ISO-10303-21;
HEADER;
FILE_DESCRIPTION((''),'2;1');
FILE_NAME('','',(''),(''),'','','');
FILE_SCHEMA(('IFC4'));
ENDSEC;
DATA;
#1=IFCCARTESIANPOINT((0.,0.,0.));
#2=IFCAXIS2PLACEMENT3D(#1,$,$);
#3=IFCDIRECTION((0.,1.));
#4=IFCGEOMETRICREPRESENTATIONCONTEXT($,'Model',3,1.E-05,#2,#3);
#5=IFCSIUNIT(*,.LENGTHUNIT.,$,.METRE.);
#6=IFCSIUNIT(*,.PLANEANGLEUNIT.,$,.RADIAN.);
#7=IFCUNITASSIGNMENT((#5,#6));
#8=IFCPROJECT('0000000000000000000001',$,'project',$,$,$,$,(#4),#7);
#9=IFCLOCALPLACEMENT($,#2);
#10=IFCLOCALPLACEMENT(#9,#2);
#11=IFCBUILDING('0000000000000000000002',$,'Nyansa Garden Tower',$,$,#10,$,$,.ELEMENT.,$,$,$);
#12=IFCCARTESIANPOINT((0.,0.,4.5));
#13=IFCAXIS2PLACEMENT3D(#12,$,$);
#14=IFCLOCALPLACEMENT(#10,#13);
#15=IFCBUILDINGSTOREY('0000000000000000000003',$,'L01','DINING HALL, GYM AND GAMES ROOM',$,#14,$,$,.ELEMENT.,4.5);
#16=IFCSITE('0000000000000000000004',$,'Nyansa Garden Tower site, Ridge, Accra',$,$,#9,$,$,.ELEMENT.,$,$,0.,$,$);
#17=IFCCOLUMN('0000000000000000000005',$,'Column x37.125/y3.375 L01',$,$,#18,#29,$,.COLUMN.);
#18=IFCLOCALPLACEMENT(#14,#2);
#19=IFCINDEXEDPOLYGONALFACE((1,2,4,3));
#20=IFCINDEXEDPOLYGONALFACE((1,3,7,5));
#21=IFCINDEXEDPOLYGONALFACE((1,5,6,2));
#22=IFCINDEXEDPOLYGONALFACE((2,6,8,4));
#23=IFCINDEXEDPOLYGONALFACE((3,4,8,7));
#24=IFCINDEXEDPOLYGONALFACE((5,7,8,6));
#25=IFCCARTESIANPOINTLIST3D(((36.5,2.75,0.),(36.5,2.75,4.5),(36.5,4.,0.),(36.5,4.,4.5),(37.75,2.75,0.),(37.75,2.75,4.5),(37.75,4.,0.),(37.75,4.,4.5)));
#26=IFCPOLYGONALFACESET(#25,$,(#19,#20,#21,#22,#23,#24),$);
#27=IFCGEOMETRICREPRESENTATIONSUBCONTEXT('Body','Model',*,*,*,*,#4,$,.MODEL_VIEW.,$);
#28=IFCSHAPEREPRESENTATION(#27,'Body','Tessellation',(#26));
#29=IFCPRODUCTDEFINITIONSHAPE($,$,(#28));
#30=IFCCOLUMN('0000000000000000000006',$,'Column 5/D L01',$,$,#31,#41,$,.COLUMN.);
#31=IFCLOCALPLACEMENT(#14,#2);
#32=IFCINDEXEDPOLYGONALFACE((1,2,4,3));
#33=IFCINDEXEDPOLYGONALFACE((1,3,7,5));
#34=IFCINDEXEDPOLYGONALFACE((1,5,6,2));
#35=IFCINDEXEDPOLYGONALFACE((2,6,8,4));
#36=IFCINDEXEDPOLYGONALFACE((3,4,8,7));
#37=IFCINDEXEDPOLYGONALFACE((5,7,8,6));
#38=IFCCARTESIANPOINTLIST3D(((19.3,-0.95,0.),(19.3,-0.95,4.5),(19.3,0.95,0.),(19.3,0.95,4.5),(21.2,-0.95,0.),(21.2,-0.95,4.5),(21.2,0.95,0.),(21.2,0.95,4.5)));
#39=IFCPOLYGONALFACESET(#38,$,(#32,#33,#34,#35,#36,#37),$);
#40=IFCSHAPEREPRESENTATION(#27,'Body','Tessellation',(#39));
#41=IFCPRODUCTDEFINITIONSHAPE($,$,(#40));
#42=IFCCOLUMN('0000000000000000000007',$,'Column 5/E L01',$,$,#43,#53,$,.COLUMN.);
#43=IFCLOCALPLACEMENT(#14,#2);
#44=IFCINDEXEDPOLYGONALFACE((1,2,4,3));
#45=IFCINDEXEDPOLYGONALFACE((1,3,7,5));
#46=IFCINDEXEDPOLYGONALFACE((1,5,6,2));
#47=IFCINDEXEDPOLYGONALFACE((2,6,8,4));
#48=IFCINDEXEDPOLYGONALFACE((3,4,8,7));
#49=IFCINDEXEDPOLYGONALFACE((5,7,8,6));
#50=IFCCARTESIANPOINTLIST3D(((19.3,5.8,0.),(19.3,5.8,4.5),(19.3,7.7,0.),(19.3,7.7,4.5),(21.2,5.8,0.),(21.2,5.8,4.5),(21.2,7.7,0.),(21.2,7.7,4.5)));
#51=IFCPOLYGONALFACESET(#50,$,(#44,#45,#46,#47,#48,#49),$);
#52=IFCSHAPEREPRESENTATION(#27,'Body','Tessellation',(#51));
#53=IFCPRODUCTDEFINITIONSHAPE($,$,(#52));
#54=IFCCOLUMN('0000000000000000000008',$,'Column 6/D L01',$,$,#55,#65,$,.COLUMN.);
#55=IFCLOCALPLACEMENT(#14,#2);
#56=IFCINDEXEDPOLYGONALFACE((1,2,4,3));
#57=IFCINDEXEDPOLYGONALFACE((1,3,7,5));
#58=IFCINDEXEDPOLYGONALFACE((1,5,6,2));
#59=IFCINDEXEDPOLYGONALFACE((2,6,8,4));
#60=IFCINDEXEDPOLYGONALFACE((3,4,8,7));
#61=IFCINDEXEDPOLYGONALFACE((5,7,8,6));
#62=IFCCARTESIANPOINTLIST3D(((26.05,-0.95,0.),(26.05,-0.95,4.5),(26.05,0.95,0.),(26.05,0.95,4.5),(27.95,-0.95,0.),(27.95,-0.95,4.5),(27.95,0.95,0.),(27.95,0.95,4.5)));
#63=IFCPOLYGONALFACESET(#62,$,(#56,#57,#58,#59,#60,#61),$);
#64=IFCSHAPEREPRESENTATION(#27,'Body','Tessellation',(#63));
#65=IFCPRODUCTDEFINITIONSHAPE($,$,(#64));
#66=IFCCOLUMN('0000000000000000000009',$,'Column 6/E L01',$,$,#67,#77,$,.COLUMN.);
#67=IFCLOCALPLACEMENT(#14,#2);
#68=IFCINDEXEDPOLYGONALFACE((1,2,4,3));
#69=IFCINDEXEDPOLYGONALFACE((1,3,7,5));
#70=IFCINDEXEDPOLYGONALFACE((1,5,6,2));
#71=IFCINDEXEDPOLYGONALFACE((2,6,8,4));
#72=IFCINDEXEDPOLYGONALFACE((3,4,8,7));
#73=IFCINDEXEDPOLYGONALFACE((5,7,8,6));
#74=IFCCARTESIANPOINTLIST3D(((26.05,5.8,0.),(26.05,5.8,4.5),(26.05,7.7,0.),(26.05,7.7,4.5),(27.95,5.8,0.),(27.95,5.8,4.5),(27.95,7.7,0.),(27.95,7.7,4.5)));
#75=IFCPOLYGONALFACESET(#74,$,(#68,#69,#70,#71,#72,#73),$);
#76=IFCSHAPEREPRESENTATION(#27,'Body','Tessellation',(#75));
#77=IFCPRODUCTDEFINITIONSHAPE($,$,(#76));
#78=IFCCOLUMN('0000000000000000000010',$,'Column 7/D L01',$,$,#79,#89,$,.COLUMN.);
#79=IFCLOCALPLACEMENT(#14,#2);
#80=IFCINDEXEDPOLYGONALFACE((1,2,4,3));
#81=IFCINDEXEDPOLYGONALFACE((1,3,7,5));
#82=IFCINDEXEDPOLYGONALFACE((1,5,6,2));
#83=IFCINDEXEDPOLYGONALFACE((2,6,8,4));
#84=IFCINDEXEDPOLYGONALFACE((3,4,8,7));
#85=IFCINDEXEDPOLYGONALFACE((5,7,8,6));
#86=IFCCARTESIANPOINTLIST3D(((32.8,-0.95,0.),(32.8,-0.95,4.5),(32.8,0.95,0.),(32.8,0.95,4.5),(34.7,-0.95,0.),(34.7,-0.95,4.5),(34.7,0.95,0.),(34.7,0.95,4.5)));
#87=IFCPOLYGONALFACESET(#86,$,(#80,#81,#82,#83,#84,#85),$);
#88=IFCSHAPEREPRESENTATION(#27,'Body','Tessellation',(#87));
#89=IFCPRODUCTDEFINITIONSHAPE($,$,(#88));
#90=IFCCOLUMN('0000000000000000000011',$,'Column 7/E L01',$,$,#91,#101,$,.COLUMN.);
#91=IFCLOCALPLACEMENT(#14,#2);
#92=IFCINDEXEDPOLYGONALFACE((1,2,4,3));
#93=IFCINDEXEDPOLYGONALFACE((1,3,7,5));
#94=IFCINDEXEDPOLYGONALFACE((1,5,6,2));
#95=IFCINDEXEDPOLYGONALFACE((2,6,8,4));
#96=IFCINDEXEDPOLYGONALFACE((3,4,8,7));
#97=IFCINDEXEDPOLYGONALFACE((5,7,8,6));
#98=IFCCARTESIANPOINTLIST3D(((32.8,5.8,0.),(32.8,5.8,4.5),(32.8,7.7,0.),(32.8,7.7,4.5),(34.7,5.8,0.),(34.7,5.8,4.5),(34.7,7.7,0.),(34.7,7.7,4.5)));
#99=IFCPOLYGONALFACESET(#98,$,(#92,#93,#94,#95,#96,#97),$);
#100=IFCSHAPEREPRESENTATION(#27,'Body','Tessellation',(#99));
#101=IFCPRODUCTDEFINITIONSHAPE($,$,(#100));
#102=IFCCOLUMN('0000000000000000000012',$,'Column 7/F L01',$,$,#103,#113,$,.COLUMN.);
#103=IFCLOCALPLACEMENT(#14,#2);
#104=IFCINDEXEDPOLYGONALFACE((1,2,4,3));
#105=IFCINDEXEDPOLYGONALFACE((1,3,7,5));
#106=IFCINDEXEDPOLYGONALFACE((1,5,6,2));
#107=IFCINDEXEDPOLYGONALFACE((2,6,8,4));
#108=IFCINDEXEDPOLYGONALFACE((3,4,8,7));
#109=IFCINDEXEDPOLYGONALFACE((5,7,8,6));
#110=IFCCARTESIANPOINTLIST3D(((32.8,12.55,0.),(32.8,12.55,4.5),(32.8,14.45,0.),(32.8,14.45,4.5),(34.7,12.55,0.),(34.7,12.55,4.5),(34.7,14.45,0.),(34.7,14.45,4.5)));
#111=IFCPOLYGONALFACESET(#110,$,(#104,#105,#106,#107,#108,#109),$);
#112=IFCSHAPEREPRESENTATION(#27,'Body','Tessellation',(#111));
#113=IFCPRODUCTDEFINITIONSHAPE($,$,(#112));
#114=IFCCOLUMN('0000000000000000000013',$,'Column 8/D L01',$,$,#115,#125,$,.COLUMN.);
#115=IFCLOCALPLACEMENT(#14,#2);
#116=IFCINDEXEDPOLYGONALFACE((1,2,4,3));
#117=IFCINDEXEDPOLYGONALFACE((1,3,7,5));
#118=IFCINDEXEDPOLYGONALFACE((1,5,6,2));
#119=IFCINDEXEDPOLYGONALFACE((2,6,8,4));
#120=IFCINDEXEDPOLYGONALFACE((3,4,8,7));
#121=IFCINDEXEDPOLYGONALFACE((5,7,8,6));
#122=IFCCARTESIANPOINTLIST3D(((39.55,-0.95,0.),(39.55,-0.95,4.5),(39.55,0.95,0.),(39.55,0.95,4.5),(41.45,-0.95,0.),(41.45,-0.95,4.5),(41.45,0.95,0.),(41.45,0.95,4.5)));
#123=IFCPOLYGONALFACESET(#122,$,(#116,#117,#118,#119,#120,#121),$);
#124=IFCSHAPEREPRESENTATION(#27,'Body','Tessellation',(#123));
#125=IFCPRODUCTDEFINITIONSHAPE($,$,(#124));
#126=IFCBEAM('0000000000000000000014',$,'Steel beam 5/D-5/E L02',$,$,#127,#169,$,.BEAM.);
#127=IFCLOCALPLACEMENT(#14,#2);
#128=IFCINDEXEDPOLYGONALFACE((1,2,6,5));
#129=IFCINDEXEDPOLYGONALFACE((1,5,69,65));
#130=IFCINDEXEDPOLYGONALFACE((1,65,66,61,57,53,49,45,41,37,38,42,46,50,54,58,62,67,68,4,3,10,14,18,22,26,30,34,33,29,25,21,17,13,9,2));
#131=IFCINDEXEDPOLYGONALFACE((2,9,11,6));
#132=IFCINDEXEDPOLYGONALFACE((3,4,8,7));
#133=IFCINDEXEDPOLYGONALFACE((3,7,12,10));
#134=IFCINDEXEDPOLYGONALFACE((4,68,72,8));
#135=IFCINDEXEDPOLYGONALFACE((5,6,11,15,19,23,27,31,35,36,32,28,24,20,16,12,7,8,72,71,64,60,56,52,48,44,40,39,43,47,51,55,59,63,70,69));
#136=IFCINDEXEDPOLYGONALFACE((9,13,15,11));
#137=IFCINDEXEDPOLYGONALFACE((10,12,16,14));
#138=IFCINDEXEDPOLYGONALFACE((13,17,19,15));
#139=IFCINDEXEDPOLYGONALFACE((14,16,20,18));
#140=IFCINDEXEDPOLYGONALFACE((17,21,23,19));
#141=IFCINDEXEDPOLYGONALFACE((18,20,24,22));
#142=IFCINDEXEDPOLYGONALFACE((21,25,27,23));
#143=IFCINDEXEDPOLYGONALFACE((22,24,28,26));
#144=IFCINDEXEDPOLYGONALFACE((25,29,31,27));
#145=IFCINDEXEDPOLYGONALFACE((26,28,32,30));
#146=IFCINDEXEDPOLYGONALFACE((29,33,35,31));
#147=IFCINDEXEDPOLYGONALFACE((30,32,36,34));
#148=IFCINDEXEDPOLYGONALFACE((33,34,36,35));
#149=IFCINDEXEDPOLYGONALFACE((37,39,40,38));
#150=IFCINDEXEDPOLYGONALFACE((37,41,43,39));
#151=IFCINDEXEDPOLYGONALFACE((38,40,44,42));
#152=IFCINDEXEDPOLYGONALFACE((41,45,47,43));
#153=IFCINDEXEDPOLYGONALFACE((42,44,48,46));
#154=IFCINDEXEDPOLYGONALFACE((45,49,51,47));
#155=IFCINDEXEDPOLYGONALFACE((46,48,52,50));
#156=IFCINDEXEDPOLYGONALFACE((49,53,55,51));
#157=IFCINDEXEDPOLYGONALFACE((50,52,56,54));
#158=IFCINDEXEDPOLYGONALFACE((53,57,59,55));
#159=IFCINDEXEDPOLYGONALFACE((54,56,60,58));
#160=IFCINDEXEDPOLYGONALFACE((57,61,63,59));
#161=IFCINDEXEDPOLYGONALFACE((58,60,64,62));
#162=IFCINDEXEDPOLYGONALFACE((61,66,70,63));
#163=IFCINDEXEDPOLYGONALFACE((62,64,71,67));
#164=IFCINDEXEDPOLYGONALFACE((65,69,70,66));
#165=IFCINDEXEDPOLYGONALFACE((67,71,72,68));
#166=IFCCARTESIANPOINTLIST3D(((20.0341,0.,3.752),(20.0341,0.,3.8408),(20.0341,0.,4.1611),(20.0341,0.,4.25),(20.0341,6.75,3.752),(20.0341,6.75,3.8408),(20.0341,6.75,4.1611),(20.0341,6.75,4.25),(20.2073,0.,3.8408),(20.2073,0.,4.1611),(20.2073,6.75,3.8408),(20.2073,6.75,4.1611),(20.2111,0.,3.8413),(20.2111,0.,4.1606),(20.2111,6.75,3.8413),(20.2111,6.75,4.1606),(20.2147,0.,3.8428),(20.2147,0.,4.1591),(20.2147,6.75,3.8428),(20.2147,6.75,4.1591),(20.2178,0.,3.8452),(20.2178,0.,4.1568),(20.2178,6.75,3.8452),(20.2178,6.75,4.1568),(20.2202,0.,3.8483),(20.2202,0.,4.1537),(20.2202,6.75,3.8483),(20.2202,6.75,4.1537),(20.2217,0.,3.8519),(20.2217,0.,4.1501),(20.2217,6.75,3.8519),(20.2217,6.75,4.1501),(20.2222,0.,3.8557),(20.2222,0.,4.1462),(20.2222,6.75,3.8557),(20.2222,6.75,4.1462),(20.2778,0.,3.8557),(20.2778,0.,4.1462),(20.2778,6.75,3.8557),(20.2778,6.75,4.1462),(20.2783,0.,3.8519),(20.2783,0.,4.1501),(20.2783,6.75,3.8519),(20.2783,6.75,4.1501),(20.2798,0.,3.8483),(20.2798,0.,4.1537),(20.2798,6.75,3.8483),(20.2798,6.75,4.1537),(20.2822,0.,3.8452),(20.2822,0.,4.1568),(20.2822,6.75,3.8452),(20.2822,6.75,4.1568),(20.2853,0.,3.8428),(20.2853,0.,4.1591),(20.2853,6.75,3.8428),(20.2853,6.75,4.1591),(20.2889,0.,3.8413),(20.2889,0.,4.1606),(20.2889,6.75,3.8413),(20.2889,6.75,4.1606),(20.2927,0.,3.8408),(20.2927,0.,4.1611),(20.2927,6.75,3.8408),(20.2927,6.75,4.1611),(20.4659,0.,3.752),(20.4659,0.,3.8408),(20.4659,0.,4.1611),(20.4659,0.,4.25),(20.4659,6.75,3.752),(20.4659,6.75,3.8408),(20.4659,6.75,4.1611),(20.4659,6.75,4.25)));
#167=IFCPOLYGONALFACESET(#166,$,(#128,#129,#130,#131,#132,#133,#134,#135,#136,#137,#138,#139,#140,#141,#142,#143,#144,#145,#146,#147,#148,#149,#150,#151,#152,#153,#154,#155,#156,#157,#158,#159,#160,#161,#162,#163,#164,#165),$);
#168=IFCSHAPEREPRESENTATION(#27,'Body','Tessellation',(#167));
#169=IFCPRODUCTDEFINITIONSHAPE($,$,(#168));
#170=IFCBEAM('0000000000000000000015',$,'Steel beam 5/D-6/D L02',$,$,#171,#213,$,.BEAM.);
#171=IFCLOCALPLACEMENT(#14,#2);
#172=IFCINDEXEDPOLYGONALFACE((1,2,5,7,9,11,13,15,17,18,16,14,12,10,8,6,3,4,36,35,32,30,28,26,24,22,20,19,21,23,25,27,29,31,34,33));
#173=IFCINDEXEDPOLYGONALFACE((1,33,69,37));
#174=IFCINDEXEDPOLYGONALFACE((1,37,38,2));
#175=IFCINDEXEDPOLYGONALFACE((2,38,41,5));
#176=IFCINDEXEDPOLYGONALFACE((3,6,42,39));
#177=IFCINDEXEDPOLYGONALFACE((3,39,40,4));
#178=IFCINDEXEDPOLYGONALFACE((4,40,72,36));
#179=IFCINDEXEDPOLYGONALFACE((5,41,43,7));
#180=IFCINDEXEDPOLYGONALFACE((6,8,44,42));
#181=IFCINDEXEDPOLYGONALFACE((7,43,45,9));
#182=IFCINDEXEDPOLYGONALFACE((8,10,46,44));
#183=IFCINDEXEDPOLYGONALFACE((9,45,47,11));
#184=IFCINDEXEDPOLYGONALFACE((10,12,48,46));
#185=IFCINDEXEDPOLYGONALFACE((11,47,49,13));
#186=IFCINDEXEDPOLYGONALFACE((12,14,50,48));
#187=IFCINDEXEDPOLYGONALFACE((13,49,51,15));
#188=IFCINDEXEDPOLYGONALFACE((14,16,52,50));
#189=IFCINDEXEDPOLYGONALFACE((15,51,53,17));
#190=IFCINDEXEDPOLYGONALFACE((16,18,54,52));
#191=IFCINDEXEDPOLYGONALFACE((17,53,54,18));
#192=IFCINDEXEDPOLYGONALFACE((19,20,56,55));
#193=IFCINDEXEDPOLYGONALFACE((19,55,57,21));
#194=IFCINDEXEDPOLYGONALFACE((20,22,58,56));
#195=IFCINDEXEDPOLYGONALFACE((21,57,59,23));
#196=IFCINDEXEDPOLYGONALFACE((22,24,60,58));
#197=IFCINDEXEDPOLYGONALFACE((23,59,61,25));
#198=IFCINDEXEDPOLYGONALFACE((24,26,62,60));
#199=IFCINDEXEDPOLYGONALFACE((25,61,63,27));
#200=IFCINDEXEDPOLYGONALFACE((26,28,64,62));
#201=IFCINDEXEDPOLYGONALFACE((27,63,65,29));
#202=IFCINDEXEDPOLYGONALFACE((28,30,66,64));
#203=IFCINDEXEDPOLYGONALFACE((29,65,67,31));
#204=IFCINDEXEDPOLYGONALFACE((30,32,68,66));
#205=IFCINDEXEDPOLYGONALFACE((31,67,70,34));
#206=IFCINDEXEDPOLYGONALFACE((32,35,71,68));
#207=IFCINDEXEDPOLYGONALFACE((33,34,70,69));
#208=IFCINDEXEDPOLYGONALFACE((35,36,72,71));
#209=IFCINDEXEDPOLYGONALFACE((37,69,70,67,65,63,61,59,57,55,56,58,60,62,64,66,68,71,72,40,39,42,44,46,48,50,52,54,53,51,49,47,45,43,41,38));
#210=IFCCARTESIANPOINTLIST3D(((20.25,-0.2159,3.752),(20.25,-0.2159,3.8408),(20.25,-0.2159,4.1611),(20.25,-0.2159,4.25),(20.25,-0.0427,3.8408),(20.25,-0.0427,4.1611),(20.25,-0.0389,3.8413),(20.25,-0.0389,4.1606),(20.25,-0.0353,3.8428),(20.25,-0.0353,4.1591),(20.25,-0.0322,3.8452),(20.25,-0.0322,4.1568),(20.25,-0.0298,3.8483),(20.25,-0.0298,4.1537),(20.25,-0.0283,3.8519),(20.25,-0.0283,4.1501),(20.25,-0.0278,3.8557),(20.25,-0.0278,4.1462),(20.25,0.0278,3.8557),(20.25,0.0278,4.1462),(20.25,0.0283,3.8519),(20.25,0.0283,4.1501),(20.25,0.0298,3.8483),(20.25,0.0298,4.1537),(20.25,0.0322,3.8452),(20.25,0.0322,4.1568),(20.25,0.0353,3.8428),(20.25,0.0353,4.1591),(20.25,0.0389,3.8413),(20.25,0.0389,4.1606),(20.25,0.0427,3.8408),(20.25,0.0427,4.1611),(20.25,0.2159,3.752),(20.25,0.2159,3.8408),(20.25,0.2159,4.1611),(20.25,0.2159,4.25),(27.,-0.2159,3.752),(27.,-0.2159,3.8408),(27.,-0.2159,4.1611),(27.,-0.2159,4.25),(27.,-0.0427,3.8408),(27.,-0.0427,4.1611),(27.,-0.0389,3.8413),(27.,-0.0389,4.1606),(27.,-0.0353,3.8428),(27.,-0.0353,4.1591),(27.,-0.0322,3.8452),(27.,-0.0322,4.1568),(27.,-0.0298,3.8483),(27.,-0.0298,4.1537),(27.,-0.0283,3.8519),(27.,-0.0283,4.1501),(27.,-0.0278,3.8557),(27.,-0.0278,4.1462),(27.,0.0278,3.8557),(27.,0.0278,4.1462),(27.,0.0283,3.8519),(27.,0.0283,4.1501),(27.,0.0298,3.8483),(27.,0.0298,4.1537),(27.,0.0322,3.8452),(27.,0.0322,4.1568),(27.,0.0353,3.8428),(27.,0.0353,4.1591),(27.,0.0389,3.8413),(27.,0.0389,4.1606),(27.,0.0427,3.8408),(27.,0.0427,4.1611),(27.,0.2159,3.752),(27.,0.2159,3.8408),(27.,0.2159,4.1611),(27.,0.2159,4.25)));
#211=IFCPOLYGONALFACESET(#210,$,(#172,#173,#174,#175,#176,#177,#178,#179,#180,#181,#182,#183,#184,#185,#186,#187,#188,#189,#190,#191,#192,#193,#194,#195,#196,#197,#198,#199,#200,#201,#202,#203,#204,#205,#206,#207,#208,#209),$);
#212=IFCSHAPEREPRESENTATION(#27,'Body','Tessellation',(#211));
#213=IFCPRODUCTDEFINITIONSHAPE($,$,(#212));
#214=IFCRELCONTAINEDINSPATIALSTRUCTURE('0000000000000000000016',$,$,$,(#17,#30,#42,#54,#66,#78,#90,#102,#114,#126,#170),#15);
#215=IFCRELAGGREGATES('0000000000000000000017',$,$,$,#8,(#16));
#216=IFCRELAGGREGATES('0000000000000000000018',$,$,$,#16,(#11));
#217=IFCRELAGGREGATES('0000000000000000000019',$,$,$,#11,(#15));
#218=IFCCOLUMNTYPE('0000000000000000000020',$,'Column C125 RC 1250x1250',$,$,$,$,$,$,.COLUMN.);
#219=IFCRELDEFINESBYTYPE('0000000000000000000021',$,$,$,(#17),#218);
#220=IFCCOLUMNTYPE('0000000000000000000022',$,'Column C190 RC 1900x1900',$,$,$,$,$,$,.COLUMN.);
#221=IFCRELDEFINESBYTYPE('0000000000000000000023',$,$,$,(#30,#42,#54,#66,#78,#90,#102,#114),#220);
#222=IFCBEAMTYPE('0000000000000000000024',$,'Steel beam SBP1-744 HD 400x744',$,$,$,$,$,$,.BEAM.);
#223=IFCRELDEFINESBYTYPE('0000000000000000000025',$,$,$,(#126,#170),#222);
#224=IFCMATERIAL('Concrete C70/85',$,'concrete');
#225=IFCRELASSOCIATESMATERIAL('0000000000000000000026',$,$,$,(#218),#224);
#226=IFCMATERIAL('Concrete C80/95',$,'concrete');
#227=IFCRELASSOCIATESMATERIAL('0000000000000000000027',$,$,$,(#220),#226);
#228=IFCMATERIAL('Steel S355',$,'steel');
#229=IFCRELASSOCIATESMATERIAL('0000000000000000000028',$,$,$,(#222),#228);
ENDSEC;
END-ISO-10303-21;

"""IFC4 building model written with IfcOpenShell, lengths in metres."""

from ifc_helpers import new_model, si_unit, direction, frame, origin, origin_2d, place, context, subcontext, project, spatial, rectangle, i_section, extrude, material, material_profile, profile_set, type_object, element, save


model = new_model("IFC4")

# Units and contexts
model_context = context("Model", 3, precision=1e-05, world=origin(), true_north=direction((0.0, 1.0)))
body_context = subcontext(model_context, "Body", "Model", "MODEL_VIEW")
ifc_project = project(units=[si_unit("LENGTHUNIT", "METRE"), si_unit("PLANEANGLEUNIT", "RADIAN")], contexts=[model_context])

# Site, building, storey
site_placement = place(None, origin())
site = spatial("IfcSite", under=ifc_project, at=site_placement, Name="Nyansa Garden Tower site, Ridge, Accra", CompositionType="ELEMENT", RefElevation=0.0)
building_placement = place(site_placement, origin())
building = spatial("IfcBuilding", under=site, at=building_placement, Name="Nyansa Garden Tower", CompositionType="ELEMENT")
storey_placement = place(building_placement, frame((0.0, 0.0, 4.5)))
storey = spatial("IfcBuildingStorey", under=building, at=storey_placement, Name="L01", Description="DINING HALL, GYM AND GAMES ROOM", CompositionType="ELEMENT", Elevation=4.5)

# Columns
ifc_material_1 = material(Name="Concrete C70/85", Category="concrete")
ifc_material_profile_1 = material_profile(ifc_material_1, rectangle(XDim=1.25, YDim=1.25, at=origin_2d()), Name="RC 1250x1250")
ifc_profile_set_1 = profile_set([ifc_material_profile_1], Name="Concrete C70/85")
column_type_1 = type_object("IfcColumnType", Name="Column C125 RC 1250x1250", PredefinedType="COLUMN", material=ifc_profile_set_1)
column_placement = place(storey_placement, frame((37.125, 3.375, 0.0), z_axis=(0.0, 0.0, 1.0), x_axis=(1.0, 0.0, 0.0)))
element("IfcColumn", 1, at=column_placement, inside=storey, type_object=column_type_1, Name="Column x37.125/y3.375 L01", PredefinedType="COLUMN", context=body_context, shape_type="SweptSolid", body=[
    extrude(rectangle(XDim=1.25, YDim=1.25, at=origin_2d()), origin(), (0.0, 0.0, 1.0), 4.5),
])
ifc_material_2 = material(Name="Concrete C80/95", Category="concrete")
ifc_material_profile_2 = material_profile(ifc_material_2, rectangle(XDim=1.8999, YDim=1.8999, at=origin_2d()), Name="RC 1900x1900")
ifc_profile_set_2 = profile_set([ifc_material_profile_2], Name="Concrete C80/95")
column_type_2 = type_object("IfcColumnType", Name="Column C190 RC 1900x1900", PredefinedType="COLUMN", material=ifc_profile_set_2)
for number, where, z_axis, x_axis, name in (
    (2, (20.25, 0.0, 0.0), (0.0, 0.0, 1.0), (1.0, 0.0, 0.0), "Column 5/D L01"),
    (3, (20.25, 6.75, 0.0), (0.0, 0.0, 1.0), (1.0, 0.0, 0.0), "Column 5/E L01"),
    (4, (27.0, 0.0, 0.0), (0.0, 0.0, 1.0), (1.0, 0.0, 0.0), "Column 6/D L01"),
    (5, (27.0, 6.75, 0.0), (0.0, 0.0, 1.0), (1.0, 0.0, 0.0), "Column 6/E L01"),
    (6, (33.75, 0.0, 0.0), (0.0, 0.0, 1.0), (1.0, 0.0, 0.0), "Column 7/D L01"),
    (7, (33.75, 6.75, 0.0), (0.0, 0.0, 1.0), (1.0, 0.0, 0.0), "Column 7/E L01"),
    (8, (33.75, 13.5, 0.0), (0.0, 0.0, 1.0), (1.0, 0.0, 0.0), "Column 7/F L01"),
    (9, (40.5, 0.0, 0.0), (0.0, 0.0, 1.0), (1.0, 0.0, 0.0), "Column 8/D L01"),
):
    element("IfcColumn", number, at=place(storey_placement, frame(where, z_axis=z_axis, x_axis=x_axis)), inside=storey, type_object=column_type_2, Name=name, PredefinedType="COLUMN", context=body_context, shape_type="SweptSolid", body=[
        extrude(rectangle(XDim=1.8999, YDim=1.8999, at=origin_2d()), origin(), (0.0, 0.0, 1.0), 4.5),
    ])

# Beams
ifc_material_3 = material(Name="Steel S355", Category="steel")
ifc_material_profile_3 = material_profile(ifc_material_3, i_section(OverallWidth=0.4319, OverallDepth=0.498, WebThickness=0.0557, FlangeThickness=0.0889, FilletRadius=0.0149, at=origin_2d()), Name="HD 400x744")
ifc_profile_set_3 = profile_set([ifc_material_profile_3], Name="Steel S355")
beam_type_1 = type_object("IfcBeamType", Name="Steel beam SBP1-744 HD 400x744", PredefinedType="BEAM", material=ifc_profile_set_3)
for number, where, z_axis, x_axis, name in (
    (10, (20.25, 0.0, 4.001), (0.0, 1.0, 0.0), (-1.0, 0.0, 0.0), "Steel beam 5/D-5/E L02"),
    (11, (20.25, 0.0, 4.001), (1.0, 0.0, 0.0), (0.0, 1.0, 0.0), "Steel beam 5/D-6/D L02"),
):
    element("IfcBeam", number, at=place(storey_placement, frame(where, z_axis=z_axis, x_axis=x_axis)), inside=storey, type_object=beam_type_1, Name=name, PredefinedType="BEAM", context=body_context, shape_type="SweptSolid", body=[
        extrude(i_section(OverallWidth=0.4319, OverallDepth=0.498, WebThickness=0.0557, FlangeThickness=0.0889, FilletRadius=0.0149, at=origin_2d()), origin(), (0.0, 0.0, 1.0), 6.75),
    ])

save(model, "model.ifc")
